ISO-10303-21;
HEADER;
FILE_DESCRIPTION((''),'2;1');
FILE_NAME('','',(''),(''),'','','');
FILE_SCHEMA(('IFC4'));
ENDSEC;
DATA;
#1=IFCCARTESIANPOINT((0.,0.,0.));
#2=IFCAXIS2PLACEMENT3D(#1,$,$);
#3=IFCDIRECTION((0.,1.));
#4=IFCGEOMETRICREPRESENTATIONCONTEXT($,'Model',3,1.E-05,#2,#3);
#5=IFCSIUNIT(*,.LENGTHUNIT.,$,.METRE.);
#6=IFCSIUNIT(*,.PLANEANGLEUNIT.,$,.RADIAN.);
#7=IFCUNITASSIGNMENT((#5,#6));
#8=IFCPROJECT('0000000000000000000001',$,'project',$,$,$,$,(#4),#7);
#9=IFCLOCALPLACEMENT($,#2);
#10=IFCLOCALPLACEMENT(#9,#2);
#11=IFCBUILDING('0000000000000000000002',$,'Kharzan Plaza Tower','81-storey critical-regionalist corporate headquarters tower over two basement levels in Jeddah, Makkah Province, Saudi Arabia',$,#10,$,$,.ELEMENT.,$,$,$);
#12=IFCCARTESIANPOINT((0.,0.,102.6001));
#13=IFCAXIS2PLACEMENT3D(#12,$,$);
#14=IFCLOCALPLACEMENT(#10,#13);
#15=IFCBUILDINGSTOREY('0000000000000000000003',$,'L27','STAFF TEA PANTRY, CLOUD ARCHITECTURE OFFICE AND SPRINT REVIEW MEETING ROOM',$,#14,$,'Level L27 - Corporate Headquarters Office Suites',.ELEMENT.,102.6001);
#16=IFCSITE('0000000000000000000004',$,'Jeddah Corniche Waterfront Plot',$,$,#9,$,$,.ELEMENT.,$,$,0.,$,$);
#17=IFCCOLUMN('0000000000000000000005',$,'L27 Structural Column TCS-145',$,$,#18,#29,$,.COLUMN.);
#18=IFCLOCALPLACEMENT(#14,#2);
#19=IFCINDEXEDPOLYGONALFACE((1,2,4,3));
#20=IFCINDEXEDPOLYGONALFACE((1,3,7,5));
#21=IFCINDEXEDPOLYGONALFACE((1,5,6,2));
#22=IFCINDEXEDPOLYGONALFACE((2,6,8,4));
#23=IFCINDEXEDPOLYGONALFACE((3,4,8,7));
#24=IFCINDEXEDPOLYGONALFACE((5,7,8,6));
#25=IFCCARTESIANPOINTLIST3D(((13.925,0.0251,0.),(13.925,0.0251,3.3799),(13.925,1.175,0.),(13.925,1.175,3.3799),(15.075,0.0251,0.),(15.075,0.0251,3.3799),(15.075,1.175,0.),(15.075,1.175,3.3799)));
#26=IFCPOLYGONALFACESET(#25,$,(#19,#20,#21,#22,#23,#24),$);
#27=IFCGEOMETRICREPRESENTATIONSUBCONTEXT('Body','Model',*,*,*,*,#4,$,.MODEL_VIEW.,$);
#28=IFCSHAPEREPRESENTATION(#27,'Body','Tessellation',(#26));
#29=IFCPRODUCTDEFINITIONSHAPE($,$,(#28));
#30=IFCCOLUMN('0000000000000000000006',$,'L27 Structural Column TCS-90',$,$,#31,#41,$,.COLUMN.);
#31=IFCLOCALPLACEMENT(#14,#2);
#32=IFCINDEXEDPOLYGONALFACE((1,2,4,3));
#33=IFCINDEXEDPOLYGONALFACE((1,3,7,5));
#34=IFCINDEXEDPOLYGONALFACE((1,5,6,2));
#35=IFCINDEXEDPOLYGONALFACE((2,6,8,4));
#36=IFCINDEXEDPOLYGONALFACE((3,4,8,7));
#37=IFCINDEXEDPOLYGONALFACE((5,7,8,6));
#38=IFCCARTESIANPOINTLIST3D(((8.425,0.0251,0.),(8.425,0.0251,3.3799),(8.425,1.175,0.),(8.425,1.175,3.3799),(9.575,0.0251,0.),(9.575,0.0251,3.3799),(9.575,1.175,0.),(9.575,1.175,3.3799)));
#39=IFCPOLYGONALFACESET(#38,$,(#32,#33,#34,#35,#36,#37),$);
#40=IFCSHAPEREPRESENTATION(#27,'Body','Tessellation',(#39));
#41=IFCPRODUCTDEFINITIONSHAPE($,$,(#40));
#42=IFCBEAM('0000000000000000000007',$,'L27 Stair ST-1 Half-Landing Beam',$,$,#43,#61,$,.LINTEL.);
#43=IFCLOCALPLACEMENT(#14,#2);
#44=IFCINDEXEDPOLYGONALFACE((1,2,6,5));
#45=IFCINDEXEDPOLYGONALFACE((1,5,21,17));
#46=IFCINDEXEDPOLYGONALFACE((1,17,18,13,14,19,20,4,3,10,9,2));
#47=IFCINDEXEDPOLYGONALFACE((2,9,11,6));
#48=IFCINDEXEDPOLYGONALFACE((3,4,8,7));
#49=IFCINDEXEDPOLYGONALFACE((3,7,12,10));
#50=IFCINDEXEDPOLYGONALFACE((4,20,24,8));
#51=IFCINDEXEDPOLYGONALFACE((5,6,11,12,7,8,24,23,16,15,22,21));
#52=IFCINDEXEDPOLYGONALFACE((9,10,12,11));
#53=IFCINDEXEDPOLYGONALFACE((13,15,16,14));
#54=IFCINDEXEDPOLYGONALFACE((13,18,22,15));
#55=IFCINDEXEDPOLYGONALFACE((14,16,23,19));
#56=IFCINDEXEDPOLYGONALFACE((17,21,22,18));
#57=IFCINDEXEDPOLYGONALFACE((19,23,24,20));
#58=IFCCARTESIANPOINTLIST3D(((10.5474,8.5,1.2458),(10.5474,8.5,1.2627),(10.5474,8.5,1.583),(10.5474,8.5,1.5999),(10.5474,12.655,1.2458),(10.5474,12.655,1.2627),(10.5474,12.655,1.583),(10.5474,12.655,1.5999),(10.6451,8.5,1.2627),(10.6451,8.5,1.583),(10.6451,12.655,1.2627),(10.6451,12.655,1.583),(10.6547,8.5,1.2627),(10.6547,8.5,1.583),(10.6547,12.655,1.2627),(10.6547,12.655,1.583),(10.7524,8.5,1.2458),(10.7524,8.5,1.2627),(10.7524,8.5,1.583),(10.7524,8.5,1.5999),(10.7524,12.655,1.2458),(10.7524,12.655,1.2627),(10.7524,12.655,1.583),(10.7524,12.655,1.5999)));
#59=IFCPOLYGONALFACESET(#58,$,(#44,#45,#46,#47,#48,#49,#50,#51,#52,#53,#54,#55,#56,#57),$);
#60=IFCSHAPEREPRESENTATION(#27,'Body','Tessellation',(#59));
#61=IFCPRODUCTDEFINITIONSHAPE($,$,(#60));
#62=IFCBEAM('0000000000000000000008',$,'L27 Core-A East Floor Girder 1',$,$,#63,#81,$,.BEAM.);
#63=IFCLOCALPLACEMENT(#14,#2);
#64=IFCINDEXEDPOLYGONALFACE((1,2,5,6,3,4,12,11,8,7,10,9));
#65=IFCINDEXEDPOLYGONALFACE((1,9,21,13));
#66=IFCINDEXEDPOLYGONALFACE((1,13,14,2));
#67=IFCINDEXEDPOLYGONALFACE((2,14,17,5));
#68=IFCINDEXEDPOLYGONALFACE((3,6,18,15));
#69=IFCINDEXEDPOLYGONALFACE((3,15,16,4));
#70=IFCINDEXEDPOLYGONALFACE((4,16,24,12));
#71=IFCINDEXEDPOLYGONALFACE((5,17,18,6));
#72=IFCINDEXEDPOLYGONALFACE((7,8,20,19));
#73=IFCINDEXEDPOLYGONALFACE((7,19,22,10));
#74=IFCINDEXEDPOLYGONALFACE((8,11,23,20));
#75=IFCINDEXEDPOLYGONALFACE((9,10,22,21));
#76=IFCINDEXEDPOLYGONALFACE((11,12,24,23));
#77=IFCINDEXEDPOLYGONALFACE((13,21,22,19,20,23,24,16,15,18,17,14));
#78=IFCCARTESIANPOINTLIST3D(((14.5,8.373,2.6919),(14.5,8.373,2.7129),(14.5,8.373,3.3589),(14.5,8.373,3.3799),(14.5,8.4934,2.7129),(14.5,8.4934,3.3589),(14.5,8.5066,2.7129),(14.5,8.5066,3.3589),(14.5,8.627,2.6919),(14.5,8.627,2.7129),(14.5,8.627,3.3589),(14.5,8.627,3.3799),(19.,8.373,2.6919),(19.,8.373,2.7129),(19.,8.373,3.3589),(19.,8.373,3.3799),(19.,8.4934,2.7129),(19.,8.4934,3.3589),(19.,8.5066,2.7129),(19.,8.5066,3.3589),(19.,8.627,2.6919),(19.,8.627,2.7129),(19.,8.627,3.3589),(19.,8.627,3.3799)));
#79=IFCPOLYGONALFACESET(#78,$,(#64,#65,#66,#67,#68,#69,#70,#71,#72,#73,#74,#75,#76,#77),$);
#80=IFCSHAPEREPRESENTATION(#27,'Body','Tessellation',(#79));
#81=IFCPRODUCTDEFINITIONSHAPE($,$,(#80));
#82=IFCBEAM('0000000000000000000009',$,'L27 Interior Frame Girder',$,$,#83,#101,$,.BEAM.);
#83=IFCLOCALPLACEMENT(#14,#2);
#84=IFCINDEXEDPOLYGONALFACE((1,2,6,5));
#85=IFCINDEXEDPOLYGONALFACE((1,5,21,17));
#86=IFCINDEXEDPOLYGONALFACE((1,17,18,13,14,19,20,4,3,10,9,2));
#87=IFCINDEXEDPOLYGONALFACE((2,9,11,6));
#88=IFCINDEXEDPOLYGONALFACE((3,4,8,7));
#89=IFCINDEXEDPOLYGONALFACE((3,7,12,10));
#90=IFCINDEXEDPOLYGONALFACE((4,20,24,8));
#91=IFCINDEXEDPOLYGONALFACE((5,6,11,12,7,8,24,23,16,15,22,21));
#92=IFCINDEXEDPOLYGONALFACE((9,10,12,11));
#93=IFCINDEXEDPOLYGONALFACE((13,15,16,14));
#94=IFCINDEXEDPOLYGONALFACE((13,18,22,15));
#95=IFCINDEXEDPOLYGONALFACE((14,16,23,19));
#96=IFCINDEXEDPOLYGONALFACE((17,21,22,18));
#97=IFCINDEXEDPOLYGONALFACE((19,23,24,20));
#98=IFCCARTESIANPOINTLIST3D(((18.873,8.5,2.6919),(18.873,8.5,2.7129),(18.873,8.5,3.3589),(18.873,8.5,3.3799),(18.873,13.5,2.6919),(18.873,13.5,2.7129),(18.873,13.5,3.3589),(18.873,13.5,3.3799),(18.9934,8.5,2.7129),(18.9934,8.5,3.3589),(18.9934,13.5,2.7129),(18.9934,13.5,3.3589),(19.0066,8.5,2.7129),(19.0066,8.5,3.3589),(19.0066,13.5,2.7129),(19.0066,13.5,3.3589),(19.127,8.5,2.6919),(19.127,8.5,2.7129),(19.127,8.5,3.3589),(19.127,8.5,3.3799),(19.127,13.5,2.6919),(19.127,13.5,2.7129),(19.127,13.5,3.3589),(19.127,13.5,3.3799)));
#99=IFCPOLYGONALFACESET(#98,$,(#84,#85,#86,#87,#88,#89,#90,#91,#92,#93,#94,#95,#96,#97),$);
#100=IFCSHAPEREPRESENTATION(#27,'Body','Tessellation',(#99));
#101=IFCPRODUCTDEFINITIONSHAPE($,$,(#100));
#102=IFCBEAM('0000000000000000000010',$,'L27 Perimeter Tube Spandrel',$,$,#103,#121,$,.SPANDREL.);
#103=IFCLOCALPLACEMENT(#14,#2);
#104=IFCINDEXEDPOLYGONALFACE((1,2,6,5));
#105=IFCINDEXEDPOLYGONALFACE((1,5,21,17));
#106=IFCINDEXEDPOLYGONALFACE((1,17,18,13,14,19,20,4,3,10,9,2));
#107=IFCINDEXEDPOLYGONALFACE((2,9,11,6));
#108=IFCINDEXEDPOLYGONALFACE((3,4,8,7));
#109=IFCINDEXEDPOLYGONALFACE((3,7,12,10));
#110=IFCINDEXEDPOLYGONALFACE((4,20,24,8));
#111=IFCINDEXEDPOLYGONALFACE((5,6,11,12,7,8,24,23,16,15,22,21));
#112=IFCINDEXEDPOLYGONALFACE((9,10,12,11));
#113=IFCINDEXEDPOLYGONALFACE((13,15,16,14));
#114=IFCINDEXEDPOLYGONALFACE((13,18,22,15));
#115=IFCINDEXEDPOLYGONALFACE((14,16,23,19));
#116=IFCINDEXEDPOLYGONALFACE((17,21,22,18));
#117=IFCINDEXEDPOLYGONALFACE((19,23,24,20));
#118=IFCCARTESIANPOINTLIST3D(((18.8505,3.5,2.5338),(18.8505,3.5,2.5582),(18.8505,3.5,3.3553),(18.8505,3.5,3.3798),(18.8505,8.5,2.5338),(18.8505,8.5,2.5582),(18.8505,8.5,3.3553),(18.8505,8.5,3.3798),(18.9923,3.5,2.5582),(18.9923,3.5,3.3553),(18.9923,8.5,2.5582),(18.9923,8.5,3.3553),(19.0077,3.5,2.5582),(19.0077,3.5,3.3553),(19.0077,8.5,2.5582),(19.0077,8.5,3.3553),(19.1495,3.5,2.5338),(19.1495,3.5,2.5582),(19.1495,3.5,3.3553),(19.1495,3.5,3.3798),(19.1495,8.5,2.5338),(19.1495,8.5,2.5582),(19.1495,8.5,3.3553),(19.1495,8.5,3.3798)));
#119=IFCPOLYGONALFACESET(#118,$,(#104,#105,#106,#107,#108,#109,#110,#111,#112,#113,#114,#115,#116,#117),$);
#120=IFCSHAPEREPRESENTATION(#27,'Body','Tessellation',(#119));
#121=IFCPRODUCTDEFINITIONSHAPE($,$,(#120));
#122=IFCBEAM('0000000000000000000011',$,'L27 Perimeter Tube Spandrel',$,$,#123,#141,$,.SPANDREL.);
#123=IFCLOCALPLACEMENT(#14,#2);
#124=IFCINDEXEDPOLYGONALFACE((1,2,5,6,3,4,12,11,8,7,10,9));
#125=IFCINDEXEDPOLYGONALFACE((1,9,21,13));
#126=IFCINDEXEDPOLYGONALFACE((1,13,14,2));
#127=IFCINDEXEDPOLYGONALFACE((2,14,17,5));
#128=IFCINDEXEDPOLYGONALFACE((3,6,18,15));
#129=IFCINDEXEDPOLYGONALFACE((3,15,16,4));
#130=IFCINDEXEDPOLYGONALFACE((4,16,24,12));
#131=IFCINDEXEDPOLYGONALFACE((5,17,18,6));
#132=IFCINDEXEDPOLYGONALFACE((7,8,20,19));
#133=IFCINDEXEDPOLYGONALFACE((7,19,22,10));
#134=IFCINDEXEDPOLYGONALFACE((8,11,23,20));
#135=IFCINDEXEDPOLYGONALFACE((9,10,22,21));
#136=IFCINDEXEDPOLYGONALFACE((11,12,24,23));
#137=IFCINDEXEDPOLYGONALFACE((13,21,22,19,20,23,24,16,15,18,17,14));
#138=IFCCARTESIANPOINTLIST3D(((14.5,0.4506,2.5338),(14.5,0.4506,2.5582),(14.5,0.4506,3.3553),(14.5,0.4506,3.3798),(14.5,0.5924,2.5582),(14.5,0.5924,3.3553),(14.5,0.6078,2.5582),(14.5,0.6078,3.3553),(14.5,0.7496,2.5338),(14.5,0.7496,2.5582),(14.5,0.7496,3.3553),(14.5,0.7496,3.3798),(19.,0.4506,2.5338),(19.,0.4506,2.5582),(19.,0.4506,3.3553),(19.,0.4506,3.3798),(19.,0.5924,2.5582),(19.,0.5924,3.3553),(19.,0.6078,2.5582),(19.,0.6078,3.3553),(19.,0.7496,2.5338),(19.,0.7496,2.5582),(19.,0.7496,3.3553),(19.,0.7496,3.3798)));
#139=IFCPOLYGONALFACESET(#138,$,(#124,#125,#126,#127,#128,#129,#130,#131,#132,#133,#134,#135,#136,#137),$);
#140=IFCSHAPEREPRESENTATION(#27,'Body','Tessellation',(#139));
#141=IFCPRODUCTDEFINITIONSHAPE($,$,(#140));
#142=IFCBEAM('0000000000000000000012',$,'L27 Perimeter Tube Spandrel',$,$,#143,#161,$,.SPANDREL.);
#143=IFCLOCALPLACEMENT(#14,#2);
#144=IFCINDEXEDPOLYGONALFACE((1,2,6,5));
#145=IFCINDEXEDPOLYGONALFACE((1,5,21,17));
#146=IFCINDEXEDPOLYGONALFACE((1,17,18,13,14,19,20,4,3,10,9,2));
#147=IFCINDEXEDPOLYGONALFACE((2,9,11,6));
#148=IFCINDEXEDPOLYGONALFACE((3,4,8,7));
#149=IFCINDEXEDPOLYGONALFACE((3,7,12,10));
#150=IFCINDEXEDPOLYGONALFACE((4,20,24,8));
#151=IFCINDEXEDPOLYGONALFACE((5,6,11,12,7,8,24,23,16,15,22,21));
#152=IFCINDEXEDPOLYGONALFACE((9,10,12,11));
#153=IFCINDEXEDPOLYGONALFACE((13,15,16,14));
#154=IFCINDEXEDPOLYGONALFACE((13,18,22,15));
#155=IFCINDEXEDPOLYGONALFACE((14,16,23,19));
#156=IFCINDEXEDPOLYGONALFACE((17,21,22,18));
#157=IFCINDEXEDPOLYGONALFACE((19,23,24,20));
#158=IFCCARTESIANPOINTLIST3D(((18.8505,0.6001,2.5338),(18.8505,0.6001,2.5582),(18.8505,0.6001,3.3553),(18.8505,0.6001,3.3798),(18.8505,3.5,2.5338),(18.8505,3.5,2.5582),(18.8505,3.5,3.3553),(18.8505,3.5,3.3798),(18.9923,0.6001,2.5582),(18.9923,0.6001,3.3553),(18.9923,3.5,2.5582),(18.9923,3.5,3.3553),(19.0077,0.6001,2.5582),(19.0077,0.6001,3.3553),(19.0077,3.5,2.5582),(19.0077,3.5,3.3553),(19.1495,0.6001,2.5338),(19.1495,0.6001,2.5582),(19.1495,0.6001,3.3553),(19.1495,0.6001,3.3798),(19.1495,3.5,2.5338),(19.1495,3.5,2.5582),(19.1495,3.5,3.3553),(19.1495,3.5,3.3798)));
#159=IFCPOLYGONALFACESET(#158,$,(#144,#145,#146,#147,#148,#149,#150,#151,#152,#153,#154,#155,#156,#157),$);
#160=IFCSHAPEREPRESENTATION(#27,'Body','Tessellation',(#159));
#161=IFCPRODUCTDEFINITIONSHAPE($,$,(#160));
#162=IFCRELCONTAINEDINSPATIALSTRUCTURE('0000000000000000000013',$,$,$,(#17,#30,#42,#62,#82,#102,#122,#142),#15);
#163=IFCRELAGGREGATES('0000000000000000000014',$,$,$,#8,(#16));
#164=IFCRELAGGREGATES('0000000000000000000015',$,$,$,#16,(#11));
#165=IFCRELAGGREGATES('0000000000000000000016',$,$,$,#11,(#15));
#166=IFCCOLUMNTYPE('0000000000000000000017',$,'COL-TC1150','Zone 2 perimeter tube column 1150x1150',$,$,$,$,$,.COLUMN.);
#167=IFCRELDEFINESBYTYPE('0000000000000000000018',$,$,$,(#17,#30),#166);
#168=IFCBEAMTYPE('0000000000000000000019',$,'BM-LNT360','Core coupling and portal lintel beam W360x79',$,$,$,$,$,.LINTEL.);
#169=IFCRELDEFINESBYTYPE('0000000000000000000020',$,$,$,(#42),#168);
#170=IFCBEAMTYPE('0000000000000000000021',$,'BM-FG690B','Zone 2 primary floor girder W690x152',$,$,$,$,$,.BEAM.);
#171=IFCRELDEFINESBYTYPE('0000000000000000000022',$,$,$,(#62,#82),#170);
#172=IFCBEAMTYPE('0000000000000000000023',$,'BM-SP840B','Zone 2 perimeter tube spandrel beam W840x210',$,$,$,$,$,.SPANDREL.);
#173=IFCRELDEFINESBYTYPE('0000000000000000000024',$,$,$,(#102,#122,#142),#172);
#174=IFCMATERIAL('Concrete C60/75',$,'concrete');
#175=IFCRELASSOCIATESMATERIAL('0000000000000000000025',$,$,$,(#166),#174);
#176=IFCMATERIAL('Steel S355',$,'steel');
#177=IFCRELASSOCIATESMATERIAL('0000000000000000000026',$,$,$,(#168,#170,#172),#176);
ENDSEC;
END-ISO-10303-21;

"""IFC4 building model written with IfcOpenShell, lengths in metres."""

from ifc_helpers import new_model, si_unit, direction, frame, origin, origin_2d, place, context, subcontext, project, spatial, rectangle, i_section, extrude, source, transform, mapped, material, material_profile, profile_set, type_object, element, save


model = new_model("IFC4")

# Units and contexts
model_context = context("Model", 3, precision=1e-05, world=origin(), true_north=direction((0.0, 1.0)))
body_context = subcontext(model_context, "Body", "Model", "MODEL_VIEW")
ifc_project = project(units=[si_unit("LENGTHUNIT", "METRE"), si_unit("PLANEANGLEUNIT", "RADIAN")], contexts=[model_context])

# Site, building, storey
site_placement = place(None, origin())
site = spatial("IfcSite", under=ifc_project, at=site_placement, Name="Jeddah Corniche Waterfront Plot", CompositionType="ELEMENT", RefElevation=0.0)
building_placement = place(site_placement, origin())
building = spatial("IfcBuilding", under=site, at=building_placement, Name="Kharzan Plaza Tower", Description="81-storey critical-regionalist corporate headquarters tower over two basement levels in Jeddah, Makkah Province, Saudi Arabia", CompositionType="ELEMENT")
storey_placement = place(building_placement, frame((0.0, 0.0, 102.6001)))
storey = spatial("IfcBuildingStorey", under=building, at=storey_placement, Name="L27", Description="STAFF TEA PANTRY, CLOUD ARCHITECTURE OFFICE AND SPRINT REVIEW MEETING ROOM", LongName="Level L27 - Corporate Headquarters Office Suites", CompositionType="ELEMENT", Elevation=102.6001)

# Columns
ifc_material_1 = material(Name="Concrete C60/75", Category="concrete")
ifc_material_profile_1 = material_profile(ifc_material_1, rectangle(XDim=1.1499, YDim=1.1499, at=origin_2d()), Name="RC-TC1150x1150")
ifc_profile_set_1 = profile_set([ifc_material_profile_1], Name="Concrete C60/75")
column_type = type_object("IfcColumnType", Name="COL-TC1150", Description="Zone 2 perimeter tube column 1150x1150", PredefinedType="COLUMN", material=ifc_profile_set_1)
shared_shape_1 = source(origin(), body_context, "Body", "SweptSolid", [
    extrude(rectangle(XDim=1.1499, YDim=1.1499, at=origin_2d()), origin(), (0.0, 0.0, 1.0), 3.3799),
])
for number, where, z_axis, x_axis, name in (
    (1, (14.5, 0.6001, 0.0), (0.0, 0.0, 1.0), (1.0, 0.0, 0.0), "L27 Structural Column TCS-145"),
    (2, (9.0, 0.6001, 0.0), (0.0, 0.0, 1.0), (1.0, 0.0, 0.0), "L27 Structural Column TCS-90"),
):
    element("IfcColumn", number, at=place(storey_placement, frame(where, z_axis=z_axis, x_axis=x_axis)), inside=storey, type_object=column_type, Name=name, PredefinedType="COLUMN", context=body_context, shape_type="MappedRepresentation", body=[
        mapped(shared_shape_1, transform((0.0, 0.0, 0.0), x_axis=(1.0, 0.0, 0.0), y_axis=(0.0, 1.0, 0.0), z_axis=(0.0, 0.0, 1.0))),
    ])

# Beams
ifc_material_2 = material(Name="Steel S355", Category="steel")
ifc_material_profile_2 = material_profile(ifc_material_2, i_section(OverallWidth=0.2051, OverallDepth=0.354, WebThickness=0.0095, FlangeThickness=0.0168, at=origin_2d()), Name="W360x79")
ifc_profile_set_2 = profile_set([ifc_material_profile_2], Name="Steel S355")
beam_type_1 = type_object("IfcBeamType", Name="BM-LNT360", Description="Core coupling and portal lintel beam W360x79", PredefinedType="LINTEL", material=ifc_profile_set_2)
shared_shape_2 = source(origin(), body_context, "Body", "SweptSolid", [
    extrude(i_section(OverallWidth=0.2051, OverallDepth=0.354, WebThickness=0.0095, FlangeThickness=0.0168, at=origin_2d()), origin(), (0.0, 0.0, 1.0), 4.155),
])
beam_1_placement = place(storey_placement, frame((10.6499, 8.5, 1.4229), z_axis=(0.0, 1.0, 0.0), x_axis=(-1.0, 0.0, 0.0)))
element("IfcBeam", 3, at=beam_1_placement, inside=storey, type_object=beam_type_1, Name="L27 Stair ST-1 Half-Landing Beam", PredefinedType="LINTEL", context=body_context, shape_type="MappedRepresentation", body=[
    mapped(shared_shape_2, transform((0.0, 0.0, 0.0), x_axis=(1.0, 0.0, 0.0), y_axis=(0.0, 1.0, 0.0), z_axis=(0.0, 0.0, 1.0))),
])
ifc_material_profile_3 = material_profile(ifc_material_2, i_section(OverallWidth=0.2539, OverallDepth=0.688, WebThickness=0.0132, FlangeThickness=0.021, at=origin_2d()), Name="W690x152")
ifc_profile_set_3 = profile_set([ifc_material_profile_3], Name="Steel S355")
beam_type_2 = type_object("IfcBeamType", Name="BM-FG690B", Description="Zone 2 primary floor girder W690x152", PredefinedType="BEAM", material=ifc_profile_set_3)
shared_shape_3 = source(origin(), body_context, "Body", "SweptSolid", [
    extrude(i_section(OverallWidth=0.2539, OverallDepth=0.688, WebThickness=0.0132, FlangeThickness=0.021, at=origin_2d()), origin(), (0.0, 0.0, 1.0), 4.5),
])
beam_2_placement = place(storey_placement, frame((14.5, 8.5, 3.0359), z_axis=(1.0, 0.0, 0.0), x_axis=(0.0, 1.0, 0.0)))
element("IfcBeam", 4, at=beam_2_placement, inside=storey, type_object=beam_type_2, Name="L27 Core-A East Floor Girder 1", PredefinedType="BEAM", context=body_context, shape_type="MappedRepresentation", body=[
    mapped(shared_shape_3, transform((0.0, 0.0, 0.0), x_axis=(1.0, 0.0, 0.0), y_axis=(0.0, 1.0, 0.0), z_axis=(0.0, 0.0, 1.0))),
])
shared_shape_4 = source(origin(), body_context, "Body", "SweptSolid", [
    extrude(i_section(OverallWidth=0.2539, OverallDepth=0.688, WebThickness=0.0132, FlangeThickness=0.021, at=origin_2d()), origin(), (0.0, 0.0, 1.0), 5.0),
])
beam_3_placement = place(storey_placement, frame((19.0, 8.5, 3.0359), z_axis=(0.0, 1.0, 0.0), x_axis=(-1.0, 0.0, 0.0)))
element("IfcBeam", 5, at=beam_3_placement, inside=storey, type_object=beam_type_2, Name="L27 Interior Frame Girder", PredefinedType="BEAM", context=body_context, shape_type="MappedRepresentation", body=[
    mapped(shared_shape_4, transform((0.0, 0.0, 0.0), x_axis=(1.0, 0.0, 0.0), y_axis=(0.0, 1.0, 0.0), z_axis=(0.0, 0.0, 1.0))),
])
ifc_material_profile_4 = material_profile(ifc_material_2, i_section(OverallWidth=0.2991, OverallDepth=0.8459, WebThickness=0.0154, FlangeThickness=0.0244, at=origin_2d()), Name="W840x210")
ifc_profile_set_4 = profile_set([ifc_material_profile_4], Name="Steel S355")
beam_type_3 = type_object("IfcBeamType", Name="BM-SP840B", Description="Zone 2 perimeter tube spandrel beam W840x210", PredefinedType="SPANDREL", material=ifc_profile_set_4)
shared_shape_5 = source(origin(), body_context, "Body", "SweptSolid", [
    extrude(i_section(OverallWidth=0.2991, OverallDepth=0.8459, WebThickness=0.0154, FlangeThickness=0.0244, at=origin_2d()), origin(), (0.0, 0.0, 1.0), 5.0),
])
beam_4_placement = place(storey_placement, frame((19.0, 3.5, 2.9568), z_axis=(0.0, 1.0, 0.0), x_axis=(-1.0, 0.0, 0.0)))
element("IfcBeam", 6, at=beam_4_placement, inside=storey, type_object=beam_type_3, Name="L27 Perimeter Tube Spandrel", PredefinedType="SPANDREL", context=body_context, shape_type="MappedRepresentation", body=[
    mapped(shared_shape_5, transform((0.0, 0.0, 0.0), x_axis=(1.0, 0.0, 0.0), y_axis=(0.0, 1.0, 0.0), z_axis=(0.0, 0.0, 1.0))),
])
shared_shape_6 = source(origin(), body_context, "Body", "SweptSolid", [
    extrude(i_section(OverallWidth=0.2991, OverallDepth=0.8459, WebThickness=0.0154, FlangeThickness=0.0244, at=origin_2d()), origin(), (0.0, 0.0, 1.0), 4.5),
])
beam_5_placement = place(storey_placement, frame((14.5, 0.6001, 2.9568), z_axis=(1.0, 0.0, 0.0), x_axis=(0.0, 1.0, 0.0)))
element("IfcBeam", 7, at=beam_5_placement, inside=storey, type_object=beam_type_3, Name="L27 Perimeter Tube Spandrel", PredefinedType="SPANDREL", context=body_context, shape_type="MappedRepresentation", body=[
    mapped(shared_shape_6, transform((0.0, 0.0, 0.0), x_axis=(1.0, 0.0, 0.0), y_axis=(0.0, 1.0, 0.0), z_axis=(0.0, 0.0, 1.0))),
])
shared_shape_7 = source(origin(), body_context, "Body", "SweptSolid", [
    extrude(i_section(OverallWidth=0.2991, OverallDepth=0.8459, WebThickness=0.0154, FlangeThickness=0.0244, at=origin_2d()), origin(), (0.0, 0.0, 1.0), 2.8999),
])
beam_6_placement = place(storey_placement, frame((19.0, 0.6001, 2.9568), z_axis=(0.0, 1.0, 0.0), x_axis=(-1.0, 0.0, 0.0)))
element("IfcBeam", 8, at=beam_6_placement, inside=storey, type_object=beam_type_3, Name="L27 Perimeter Tube Spandrel", PredefinedType="SPANDREL", context=body_context, shape_type="MappedRepresentation", body=[
    mapped(shared_shape_7, transform((0.0, 0.0, 0.0), x_axis=(1.0, 0.0, 0.0), y_axis=(0.0, 1.0, 0.0), z_axis=(0.0, 0.0, 1.0))),
])

save(model, "model.ifc")
